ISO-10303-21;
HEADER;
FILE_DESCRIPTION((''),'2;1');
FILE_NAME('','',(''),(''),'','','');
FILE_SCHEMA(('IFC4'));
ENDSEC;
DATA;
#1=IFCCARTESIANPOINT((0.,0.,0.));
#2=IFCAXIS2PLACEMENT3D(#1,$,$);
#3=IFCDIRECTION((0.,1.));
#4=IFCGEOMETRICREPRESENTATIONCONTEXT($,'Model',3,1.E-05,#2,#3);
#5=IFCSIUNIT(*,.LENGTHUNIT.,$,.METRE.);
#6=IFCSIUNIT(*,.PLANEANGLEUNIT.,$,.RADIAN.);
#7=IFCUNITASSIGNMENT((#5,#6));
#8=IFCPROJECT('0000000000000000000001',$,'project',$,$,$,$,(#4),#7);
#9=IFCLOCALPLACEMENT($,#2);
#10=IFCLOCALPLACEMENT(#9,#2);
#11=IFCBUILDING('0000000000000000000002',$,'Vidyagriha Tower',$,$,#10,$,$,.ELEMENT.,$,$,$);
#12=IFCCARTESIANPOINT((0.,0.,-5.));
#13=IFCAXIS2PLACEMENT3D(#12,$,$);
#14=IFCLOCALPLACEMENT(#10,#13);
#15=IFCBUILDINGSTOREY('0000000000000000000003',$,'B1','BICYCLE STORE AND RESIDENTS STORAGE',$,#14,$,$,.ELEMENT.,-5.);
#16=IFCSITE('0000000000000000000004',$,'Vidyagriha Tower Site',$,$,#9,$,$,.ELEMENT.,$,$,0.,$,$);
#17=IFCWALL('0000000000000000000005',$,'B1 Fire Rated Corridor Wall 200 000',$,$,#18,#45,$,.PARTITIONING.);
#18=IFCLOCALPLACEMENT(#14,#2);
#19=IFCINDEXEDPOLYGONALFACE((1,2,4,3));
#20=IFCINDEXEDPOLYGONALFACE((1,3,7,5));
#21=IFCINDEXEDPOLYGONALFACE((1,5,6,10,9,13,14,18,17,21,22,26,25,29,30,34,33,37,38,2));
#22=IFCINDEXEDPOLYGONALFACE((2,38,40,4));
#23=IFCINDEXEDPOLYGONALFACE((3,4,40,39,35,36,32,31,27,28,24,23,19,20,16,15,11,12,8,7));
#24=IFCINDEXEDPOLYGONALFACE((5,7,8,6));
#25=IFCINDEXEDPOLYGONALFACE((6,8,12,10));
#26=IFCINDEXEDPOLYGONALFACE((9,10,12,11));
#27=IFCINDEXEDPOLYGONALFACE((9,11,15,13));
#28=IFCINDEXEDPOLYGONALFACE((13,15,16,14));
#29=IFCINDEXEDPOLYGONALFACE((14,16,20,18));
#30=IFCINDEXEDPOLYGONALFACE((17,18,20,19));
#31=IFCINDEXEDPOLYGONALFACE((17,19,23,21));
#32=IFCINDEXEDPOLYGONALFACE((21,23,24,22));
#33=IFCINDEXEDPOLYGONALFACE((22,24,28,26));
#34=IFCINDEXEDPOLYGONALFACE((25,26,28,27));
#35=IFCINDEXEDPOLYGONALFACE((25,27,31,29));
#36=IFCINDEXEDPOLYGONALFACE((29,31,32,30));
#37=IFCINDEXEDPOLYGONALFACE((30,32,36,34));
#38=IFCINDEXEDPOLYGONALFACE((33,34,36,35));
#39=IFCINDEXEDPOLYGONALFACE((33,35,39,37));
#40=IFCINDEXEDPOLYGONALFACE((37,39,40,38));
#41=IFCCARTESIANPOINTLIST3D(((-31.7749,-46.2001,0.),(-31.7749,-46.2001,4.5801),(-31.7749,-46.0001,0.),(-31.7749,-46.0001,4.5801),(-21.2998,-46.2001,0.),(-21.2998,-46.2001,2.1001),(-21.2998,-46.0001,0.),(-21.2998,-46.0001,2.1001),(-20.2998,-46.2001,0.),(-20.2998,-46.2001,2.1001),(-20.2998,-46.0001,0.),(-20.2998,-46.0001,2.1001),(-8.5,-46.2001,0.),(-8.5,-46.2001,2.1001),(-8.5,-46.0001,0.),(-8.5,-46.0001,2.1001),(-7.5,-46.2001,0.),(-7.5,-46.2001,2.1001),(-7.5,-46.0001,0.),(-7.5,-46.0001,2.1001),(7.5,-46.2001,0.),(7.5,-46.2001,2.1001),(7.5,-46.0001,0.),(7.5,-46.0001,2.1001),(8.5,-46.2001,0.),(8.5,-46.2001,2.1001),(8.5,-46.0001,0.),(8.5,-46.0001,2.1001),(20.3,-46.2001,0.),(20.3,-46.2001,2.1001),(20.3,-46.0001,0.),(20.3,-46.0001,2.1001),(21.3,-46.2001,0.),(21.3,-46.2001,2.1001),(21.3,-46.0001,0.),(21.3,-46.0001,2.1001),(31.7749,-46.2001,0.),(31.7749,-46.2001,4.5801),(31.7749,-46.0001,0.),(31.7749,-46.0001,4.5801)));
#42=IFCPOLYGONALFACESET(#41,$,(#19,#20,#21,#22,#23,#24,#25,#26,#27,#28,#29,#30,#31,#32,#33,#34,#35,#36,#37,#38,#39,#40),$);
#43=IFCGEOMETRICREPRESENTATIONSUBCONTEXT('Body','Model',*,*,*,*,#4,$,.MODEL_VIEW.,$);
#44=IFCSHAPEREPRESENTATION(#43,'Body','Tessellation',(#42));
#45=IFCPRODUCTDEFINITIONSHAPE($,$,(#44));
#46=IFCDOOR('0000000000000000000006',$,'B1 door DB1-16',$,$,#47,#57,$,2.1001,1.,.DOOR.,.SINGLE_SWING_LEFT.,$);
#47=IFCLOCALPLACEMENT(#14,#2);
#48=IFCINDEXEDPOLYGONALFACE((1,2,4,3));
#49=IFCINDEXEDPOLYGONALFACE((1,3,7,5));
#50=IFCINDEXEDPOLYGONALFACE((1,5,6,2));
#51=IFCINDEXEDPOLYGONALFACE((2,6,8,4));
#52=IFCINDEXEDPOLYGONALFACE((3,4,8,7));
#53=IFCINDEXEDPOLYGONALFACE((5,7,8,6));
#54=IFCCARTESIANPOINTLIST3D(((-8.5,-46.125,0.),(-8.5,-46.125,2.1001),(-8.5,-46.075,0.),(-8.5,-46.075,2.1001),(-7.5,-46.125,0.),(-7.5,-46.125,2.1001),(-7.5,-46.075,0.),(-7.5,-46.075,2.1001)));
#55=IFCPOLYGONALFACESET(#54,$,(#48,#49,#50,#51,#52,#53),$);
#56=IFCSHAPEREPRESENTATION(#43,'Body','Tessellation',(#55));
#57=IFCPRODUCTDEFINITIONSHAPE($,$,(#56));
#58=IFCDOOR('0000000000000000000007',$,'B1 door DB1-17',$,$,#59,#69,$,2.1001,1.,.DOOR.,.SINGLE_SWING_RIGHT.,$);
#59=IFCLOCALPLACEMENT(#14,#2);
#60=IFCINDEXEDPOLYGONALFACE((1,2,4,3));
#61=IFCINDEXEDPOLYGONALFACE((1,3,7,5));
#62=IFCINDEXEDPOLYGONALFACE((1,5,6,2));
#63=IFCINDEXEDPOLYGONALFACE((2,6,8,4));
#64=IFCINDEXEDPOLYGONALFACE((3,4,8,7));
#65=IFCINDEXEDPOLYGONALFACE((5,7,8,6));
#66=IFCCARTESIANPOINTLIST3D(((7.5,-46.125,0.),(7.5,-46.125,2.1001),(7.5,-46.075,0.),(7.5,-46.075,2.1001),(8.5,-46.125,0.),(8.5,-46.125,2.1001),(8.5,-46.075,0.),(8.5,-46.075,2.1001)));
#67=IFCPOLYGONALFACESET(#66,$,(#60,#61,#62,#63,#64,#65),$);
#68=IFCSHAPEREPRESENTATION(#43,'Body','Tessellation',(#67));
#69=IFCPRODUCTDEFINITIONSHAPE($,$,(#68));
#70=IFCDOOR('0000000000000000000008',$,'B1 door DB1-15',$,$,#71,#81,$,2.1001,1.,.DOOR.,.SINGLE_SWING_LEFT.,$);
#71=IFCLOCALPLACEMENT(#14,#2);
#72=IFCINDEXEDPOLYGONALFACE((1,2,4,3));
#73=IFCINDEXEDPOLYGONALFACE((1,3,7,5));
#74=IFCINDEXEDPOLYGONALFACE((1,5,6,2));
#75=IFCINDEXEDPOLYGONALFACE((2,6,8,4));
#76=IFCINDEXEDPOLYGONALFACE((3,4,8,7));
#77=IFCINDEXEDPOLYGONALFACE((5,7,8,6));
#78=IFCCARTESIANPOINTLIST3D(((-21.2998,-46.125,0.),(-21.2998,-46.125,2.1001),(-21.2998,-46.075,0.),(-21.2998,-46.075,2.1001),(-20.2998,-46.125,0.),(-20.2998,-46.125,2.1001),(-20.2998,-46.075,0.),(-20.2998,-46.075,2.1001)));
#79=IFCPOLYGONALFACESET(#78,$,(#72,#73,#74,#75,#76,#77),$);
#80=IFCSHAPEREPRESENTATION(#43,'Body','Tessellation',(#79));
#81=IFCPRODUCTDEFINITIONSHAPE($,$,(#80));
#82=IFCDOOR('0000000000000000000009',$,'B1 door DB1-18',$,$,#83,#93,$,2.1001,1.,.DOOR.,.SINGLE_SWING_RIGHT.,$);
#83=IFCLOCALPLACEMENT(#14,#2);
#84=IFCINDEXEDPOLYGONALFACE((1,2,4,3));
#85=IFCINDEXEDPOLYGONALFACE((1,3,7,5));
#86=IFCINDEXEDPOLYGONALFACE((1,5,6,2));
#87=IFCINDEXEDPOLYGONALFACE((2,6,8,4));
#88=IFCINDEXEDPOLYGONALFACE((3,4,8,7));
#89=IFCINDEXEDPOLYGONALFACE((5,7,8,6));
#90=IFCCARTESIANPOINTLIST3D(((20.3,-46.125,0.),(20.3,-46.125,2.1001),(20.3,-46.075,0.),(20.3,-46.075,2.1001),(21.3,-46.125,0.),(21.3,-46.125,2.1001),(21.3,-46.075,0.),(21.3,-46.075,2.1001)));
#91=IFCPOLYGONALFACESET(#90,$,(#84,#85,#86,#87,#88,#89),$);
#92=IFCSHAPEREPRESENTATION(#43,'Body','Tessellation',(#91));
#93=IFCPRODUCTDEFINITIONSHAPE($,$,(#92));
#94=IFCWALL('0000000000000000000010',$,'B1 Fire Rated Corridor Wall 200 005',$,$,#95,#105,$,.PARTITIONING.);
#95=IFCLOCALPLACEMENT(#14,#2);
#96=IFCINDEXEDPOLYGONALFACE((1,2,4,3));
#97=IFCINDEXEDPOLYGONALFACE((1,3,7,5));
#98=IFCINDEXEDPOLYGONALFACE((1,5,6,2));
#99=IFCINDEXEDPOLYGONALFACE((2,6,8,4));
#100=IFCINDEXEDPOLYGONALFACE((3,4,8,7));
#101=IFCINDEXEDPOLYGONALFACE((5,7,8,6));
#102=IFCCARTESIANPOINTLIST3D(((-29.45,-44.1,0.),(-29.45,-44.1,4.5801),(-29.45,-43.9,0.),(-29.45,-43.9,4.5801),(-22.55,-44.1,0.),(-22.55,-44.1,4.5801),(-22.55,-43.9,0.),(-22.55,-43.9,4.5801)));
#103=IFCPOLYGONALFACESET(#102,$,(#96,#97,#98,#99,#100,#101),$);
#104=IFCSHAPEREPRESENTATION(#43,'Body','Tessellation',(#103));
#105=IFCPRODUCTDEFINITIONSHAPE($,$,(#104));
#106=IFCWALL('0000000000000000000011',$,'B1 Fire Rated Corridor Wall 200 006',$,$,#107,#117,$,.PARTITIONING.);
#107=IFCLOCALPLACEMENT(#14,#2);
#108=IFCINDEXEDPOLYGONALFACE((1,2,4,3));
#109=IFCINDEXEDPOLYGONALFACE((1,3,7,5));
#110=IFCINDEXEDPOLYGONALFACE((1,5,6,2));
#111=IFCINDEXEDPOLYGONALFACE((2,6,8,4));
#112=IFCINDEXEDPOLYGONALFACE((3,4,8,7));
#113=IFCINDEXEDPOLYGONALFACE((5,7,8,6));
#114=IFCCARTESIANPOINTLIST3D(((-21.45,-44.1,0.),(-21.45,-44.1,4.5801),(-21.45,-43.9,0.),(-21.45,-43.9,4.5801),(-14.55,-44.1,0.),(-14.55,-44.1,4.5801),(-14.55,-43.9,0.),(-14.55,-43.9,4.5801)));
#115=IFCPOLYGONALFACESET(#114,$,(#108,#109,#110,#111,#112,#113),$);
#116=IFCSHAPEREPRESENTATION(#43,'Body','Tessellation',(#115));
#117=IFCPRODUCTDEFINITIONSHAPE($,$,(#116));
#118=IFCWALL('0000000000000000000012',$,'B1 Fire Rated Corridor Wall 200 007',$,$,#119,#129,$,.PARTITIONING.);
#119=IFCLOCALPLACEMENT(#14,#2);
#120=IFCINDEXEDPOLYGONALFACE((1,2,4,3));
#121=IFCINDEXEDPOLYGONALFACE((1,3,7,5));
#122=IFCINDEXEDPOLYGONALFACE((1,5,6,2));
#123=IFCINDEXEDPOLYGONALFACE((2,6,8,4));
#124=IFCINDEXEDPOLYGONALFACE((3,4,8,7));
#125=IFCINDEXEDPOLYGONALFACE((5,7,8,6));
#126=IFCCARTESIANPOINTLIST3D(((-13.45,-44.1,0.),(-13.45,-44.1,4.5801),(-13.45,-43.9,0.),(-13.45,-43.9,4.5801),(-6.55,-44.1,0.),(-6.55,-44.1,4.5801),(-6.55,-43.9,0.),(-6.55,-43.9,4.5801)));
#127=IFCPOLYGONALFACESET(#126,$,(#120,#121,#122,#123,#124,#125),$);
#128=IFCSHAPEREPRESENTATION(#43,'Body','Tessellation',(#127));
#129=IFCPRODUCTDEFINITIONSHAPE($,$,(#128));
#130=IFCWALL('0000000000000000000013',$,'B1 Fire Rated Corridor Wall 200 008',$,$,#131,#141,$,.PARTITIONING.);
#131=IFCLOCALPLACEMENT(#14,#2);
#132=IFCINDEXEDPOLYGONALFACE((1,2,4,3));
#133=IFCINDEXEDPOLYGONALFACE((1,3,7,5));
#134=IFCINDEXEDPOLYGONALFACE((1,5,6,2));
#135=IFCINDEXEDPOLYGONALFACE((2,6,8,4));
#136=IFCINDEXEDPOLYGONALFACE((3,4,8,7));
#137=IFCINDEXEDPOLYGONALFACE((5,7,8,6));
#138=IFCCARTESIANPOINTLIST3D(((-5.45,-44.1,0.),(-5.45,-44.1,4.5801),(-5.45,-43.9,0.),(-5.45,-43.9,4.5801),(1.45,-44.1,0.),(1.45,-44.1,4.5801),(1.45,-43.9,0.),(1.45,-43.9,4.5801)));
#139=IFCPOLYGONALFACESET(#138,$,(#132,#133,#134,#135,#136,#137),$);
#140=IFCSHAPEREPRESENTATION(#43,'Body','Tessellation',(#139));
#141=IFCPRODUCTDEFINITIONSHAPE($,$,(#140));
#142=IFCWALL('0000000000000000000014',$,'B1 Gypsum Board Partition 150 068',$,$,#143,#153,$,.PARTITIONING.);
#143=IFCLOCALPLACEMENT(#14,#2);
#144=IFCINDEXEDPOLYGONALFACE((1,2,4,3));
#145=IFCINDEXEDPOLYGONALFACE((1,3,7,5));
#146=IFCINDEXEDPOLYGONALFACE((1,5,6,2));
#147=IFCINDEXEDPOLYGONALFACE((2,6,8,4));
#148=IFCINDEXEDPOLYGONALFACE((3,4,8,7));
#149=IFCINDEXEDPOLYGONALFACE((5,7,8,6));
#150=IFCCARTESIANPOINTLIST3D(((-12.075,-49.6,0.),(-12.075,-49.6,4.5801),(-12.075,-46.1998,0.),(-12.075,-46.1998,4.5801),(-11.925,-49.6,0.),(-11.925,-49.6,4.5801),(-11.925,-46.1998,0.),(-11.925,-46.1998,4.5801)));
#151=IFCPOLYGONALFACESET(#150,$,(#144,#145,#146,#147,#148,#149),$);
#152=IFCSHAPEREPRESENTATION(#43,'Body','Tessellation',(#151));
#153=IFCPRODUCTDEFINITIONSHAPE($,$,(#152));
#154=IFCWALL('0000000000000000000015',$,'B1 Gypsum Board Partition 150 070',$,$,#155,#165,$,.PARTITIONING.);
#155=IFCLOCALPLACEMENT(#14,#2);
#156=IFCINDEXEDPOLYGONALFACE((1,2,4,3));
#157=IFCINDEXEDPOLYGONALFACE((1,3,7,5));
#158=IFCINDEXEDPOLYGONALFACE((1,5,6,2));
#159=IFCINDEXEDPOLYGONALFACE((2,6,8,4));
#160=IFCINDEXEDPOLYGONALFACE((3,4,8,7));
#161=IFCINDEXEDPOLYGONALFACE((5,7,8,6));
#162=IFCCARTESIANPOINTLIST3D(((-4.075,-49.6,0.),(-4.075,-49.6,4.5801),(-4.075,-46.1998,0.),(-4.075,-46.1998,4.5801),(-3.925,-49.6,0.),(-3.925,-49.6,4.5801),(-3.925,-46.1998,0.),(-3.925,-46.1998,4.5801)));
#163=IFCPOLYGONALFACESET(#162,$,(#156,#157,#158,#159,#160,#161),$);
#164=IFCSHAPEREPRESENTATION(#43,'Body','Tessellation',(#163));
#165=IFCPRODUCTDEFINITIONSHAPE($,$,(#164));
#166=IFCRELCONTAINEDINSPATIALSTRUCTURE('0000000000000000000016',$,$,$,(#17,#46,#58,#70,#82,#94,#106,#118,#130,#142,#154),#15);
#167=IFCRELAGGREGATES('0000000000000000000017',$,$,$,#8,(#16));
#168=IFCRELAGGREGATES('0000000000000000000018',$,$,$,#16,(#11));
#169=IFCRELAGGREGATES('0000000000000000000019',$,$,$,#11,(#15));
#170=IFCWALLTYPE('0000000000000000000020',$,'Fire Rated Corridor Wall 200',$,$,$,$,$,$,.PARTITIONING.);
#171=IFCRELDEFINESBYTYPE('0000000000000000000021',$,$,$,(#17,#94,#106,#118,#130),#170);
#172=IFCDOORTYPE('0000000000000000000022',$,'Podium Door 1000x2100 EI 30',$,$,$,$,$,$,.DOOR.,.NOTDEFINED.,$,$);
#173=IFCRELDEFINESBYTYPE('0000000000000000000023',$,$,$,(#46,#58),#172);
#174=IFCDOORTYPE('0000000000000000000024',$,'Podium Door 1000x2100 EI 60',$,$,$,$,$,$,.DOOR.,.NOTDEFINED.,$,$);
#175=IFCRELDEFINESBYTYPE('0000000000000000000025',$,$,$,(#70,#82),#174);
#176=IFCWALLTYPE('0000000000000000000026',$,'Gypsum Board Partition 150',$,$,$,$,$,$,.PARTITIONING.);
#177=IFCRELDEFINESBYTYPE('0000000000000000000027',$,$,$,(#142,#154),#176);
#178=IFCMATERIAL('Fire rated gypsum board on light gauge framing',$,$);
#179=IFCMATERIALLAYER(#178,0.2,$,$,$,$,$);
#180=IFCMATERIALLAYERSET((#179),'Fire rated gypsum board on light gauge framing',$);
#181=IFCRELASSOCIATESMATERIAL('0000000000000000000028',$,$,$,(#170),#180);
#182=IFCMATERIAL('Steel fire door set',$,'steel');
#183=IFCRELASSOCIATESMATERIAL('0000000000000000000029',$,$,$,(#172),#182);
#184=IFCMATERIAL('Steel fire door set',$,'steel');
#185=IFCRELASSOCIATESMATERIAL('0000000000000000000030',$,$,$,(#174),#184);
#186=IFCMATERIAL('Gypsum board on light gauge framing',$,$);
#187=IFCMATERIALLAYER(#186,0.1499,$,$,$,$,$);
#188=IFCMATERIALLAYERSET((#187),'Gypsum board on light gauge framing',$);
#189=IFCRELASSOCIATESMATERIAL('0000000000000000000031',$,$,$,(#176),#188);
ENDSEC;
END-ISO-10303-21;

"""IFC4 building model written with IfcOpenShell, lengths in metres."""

from ifc_helpers import new_model, si_unit, direction, frame, frame_2d, origin, place, context, subcontext, project, spatial, rectangle, extrude, material, layer, layer_set, type_object, element, fill, save


model = new_model("IFC4")

# Units and contexts
model_context = context("Model", 3, precision=1e-05, world=origin(), true_north=direction((0.0, 1.0)))
body_context = subcontext(model_context, "Body", "Model", "MODEL_VIEW")
ifc_project = project(units=[si_unit("LENGTHUNIT", "METRE"), si_unit("PLANEANGLEUNIT", "RADIAN")], contexts=[model_context])

# Site, building, storey
site_placement = place(None, origin())
site = spatial("IfcSite", under=ifc_project, at=site_placement, Name="Vidyagriha Tower Site", CompositionType="ELEMENT", RefElevation=0.0)
building_placement = place(site_placement, origin())
building = spatial("IfcBuilding", under=site, at=building_placement, Name="Vidyagriha Tower", CompositionType="ELEMENT")
storey_placement = place(building_placement, frame((0.0, 0.0, -5.0)))
storey = spatial("IfcBuildingStorey", under=building, at=storey_placement, Name="B1", Description="BICYCLE STORE AND RESIDENTS STORAGE", CompositionType="ELEMENT", Elevation=-5.0)

# Wall, openings, doors
ifc_material_1 = material(Name="Fire rated gypsum board on light gauge framing")
ifc_layer_1 = layer(ifc_material_1, 0.2)
ifc_layer_set_1 = layer_set([ifc_layer_1], Name="Fire rated gypsum board on light gauge framing")
wall_type_1 = type_object("IfcWallType", Name="Fire Rated Corridor Wall 200", PredefinedType="PARTITIONING", material=ifc_layer_set_1)
wall_1_placement = place(storey_placement, frame((-31.7749, -46.1001, 0.0)))
wall_1 = element("IfcWall", 1, at=wall_1_placement, inside=storey, type_object=wall_type_1, Name="B1 Fire Rated Corridor Wall 200 000", PredefinedType="PARTITIONING", context=body_context, shape_type="SweptSolid", body=[
    extrude(rectangle(XDim=63.5498, YDim=0.2, at=frame_2d((31.7749, 0.0))), origin(), (0.0, 0.0, 1.0), 4.5801),
])
opening_1_placement = place(wall_1_placement, frame((10.4751, 0.0, 0.0)))
opening_1 = element("IfcOpeningElement", 2, at=opening_1_placement, cuts=wall_1, PredefinedType="OPENING", context=body_context, shape_type="SweptSolid", body=[
    extrude(rectangle(XDim=1.0, YDim=2.1001, at=frame_2d((0.5, 1.05))), frame((0.0, 0.1099, 0.0), z_axis=(0.0, -1.0, 0.0), x_axis=(1.0, 0.0, 0.0)), (0.0, 0.0, 1.0), 0.22),
])
opening_2_placement = place(wall_1_placement, frame((23.2749, 0.0, 0.0)))
opening_2 = element("IfcOpeningElement", 3, at=opening_2_placement, cuts=wall_1, PredefinedType="OPENING", context=body_context, shape_type="SweptSolid", body=[
    extrude(rectangle(XDim=1.0, YDim=2.1001, at=frame_2d((0.5, 1.05))), frame((0.0, 0.1099, 0.0), z_axis=(0.0, -1.0, 0.0), x_axis=(1.0, 0.0, 0.0)), (0.0, 0.0, 1.0), 0.22),
])
opening_3_placement = place(wall_1_placement, frame((39.2749, 0.0, 0.0)))
opening_3 = element("IfcOpeningElement", 4, at=opening_3_placement, cuts=wall_1, PredefinedType="OPENING", context=body_context, shape_type="SweptSolid", body=[
    extrude(rectangle(XDim=1.0, YDim=2.1001, at=frame_2d((0.5, 1.05))), frame((0.0, 0.1099, 0.0), z_axis=(0.0, -1.0, 0.0), x_axis=(1.0, 0.0, 0.0)), (0.0, 0.0, 1.0), 0.22),
])
opening_4_placement = place(wall_1_placement, frame((52.075, 0.0, 0.0)))
opening_4 = element("IfcOpeningElement", 5, at=opening_4_placement, cuts=wall_1, PredefinedType="OPENING", context=body_context, shape_type="SweptSolid", body=[
    extrude(rectangle(XDim=1.0, YDim=2.1001, at=frame_2d((0.5, 1.05))), frame((0.0, 0.1099, 0.0), z_axis=(0.0, -1.0, 0.0), x_axis=(1.0, 0.0, 0.0)), (0.0, 0.0, 1.0), 0.22),
])
ifc_material_2 = material(Name="Steel fire door set", Category="steel")
door_type_1 = type_object("IfcDoorType", Name="Podium Door 1000x2100 EI 30", OperationType="NOTDEFINED", PredefinedType="DOOR", material=ifc_material_2)
door_1_placement = place(opening_2_placement, frame((1.0, 0.0, 0.0), z_axis=(0.0, 0.0, 1.0), x_axis=(-1.0, 0.0, 0.0)))
door_1 = element("IfcDoor", 6, at=door_1_placement, inside=storey, type_object=door_type_1, Name="B1 door DB1-16", OperationType="SINGLE_SWING_LEFT", OverallHeight=2.1001, OverallWidth=1.0, PredefinedType="DOOR", context=body_context, shape_type="SweptSolid", body=[
    extrude(rectangle(XDim=1.0, YDim=2.1001, at=frame_2d((0.5, 1.05))), frame((0.0, 0.0249, 0.0), z_axis=(0.0, -1.0, 0.0), x_axis=(1.0, 0.0, 0.0)), (0.0, 0.0, 1.0), 0.05),
])
fill(opening_2, door_1)
door_2_placement = place(opening_3_placement, frame((1.0, 0.0, 0.0), z_axis=(0.0, 0.0, 1.0), x_axis=(-1.0, 0.0, 0.0)))
door_2 = element("IfcDoor", 7, at=door_2_placement, inside=storey, type_object=door_type_1, Name="B1 door DB1-17", OperationType="SINGLE_SWING_RIGHT", OverallHeight=2.1001, OverallWidth=1.0, PredefinedType="DOOR", context=body_context, shape_type="SweptSolid", body=[
    extrude(rectangle(XDim=1.0, YDim=2.1001, at=frame_2d((0.5, 1.05))), frame((0.0, 0.0249, 0.0), z_axis=(0.0, -1.0, 0.0), x_axis=(1.0, 0.0, 0.0)), (0.0, 0.0, 1.0), 0.05),
])
fill(opening_3, door_2)
ifc_material_3 = material(Name="Steel fire door set", Category="steel")
door_type_2 = type_object("IfcDoorType", Name="Podium Door 1000x2100 EI 60", OperationType="NOTDEFINED", PredefinedType="DOOR", material=ifc_material_3)
door_3_placement = place(opening_1_placement, frame((1.0, 0.0, 0.0), z_axis=(0.0, 0.0, 1.0), x_axis=(-1.0, 0.0, 0.0)))
door_3 = element("IfcDoor", 8, at=door_3_placement, inside=storey, type_object=door_type_2, Name="B1 door DB1-15", OperationType="SINGLE_SWING_LEFT", OverallHeight=2.1001, OverallWidth=1.0, PredefinedType="DOOR", context=body_context, shape_type="SweptSolid", body=[
    extrude(rectangle(XDim=1.0, YDim=2.1001, at=frame_2d((0.5, 1.05))), frame((0.0, 0.0249, 0.0), z_axis=(0.0, -1.0, 0.0), x_axis=(1.0, 0.0, 0.0)), (0.0, 0.0, 1.0), 0.05),
])
fill(opening_1, door_3)
door_4_placement = place(opening_4_placement, frame((1.0, 0.0, 0.0), z_axis=(0.0, 0.0, 1.0), x_axis=(-1.0, 0.0, 0.0)))
door_4 = element("IfcDoor", 9, at=door_4_placement, inside=storey, type_object=door_type_2, Name="B1 door DB1-18", OperationType="SINGLE_SWING_RIGHT", OverallHeight=2.1001, OverallWidth=1.0, PredefinedType="DOOR", context=body_context, shape_type="SweptSolid", body=[
    extrude(rectangle(XDim=1.0, YDim=2.1001, at=frame_2d((0.5, 1.05))), frame((0.0, 0.0249, 0.0), z_axis=(0.0, -1.0, 0.0), x_axis=(1.0, 0.0, 0.0)), (0.0, 0.0, 1.0), 0.05),
])
fill(opening_4, door_4)

# Walls
for number, where, name in (
    (10, (-29.45, -44.0, 0.0), "B1 Fire Rated Corridor Wall 200 005"),
    (11, (-21.45, -44.0, 0.0), "B1 Fire Rated Corridor Wall 200 006"),
    (12, (-13.45, -44.0, 0.0), "B1 Fire Rated Corridor Wall 200 007"),
    (13, (-5.45, -44.0, 0.0), "B1 Fire Rated Corridor Wall 200 008"),
):
    element("IfcWall", number, at=place(storey_placement, frame(where)), inside=storey, type_object=wall_type_1, Name=name, PredefinedType="PARTITIONING", context=body_context, shape_type="SweptSolid", body=[
        extrude(rectangle(XDim=6.8999, YDim=0.2, at=frame_2d((3.45, 0.0))), origin(), (0.0, 0.0, 1.0), 4.5801),
    ])
ifc_material_4 = material(Name="Gypsum board on light gauge framing")
ifc_layer_2 = layer(ifc_material_4, 0.1499)
ifc_layer_set_2 = layer_set([ifc_layer_2], Name="Gypsum board on light gauge framing")
wall_type_2 = type_object("IfcWallType", Name="Gypsum Board Partition 150", PredefinedType="PARTITIONING", material=ifc_layer_set_2)
for number, where, z_axis, x_axis, name in (
    (14, (-12.0, -49.6001, 0.0), (0.0, 0.0, 1.0), (0.0, 1.0, 0.0), "B1 Gypsum Board Partition 150 068"),
    (15, (-4.0, -49.6001, 0.0), (0.0, 0.0, 1.0), (0.0, 1.0, 0.0), "B1 Gypsum Board Partition 150 070"),
):
    element("IfcWall", number, at=place(storey_placement, frame(where, z_axis=z_axis, x_axis=x_axis)), inside=storey, type_object=wall_type_2, Name=name, PredefinedType="PARTITIONING", context=body_context, shape_type="SweptSolid", body=[
        extrude(rectangle(XDim=3.4001, YDim=0.1499, at=frame_2d((1.7002, 0.0))), origin(), (0.0, 0.0, 1.0), 4.5801),
    ])

save(model, "model.ifc")
